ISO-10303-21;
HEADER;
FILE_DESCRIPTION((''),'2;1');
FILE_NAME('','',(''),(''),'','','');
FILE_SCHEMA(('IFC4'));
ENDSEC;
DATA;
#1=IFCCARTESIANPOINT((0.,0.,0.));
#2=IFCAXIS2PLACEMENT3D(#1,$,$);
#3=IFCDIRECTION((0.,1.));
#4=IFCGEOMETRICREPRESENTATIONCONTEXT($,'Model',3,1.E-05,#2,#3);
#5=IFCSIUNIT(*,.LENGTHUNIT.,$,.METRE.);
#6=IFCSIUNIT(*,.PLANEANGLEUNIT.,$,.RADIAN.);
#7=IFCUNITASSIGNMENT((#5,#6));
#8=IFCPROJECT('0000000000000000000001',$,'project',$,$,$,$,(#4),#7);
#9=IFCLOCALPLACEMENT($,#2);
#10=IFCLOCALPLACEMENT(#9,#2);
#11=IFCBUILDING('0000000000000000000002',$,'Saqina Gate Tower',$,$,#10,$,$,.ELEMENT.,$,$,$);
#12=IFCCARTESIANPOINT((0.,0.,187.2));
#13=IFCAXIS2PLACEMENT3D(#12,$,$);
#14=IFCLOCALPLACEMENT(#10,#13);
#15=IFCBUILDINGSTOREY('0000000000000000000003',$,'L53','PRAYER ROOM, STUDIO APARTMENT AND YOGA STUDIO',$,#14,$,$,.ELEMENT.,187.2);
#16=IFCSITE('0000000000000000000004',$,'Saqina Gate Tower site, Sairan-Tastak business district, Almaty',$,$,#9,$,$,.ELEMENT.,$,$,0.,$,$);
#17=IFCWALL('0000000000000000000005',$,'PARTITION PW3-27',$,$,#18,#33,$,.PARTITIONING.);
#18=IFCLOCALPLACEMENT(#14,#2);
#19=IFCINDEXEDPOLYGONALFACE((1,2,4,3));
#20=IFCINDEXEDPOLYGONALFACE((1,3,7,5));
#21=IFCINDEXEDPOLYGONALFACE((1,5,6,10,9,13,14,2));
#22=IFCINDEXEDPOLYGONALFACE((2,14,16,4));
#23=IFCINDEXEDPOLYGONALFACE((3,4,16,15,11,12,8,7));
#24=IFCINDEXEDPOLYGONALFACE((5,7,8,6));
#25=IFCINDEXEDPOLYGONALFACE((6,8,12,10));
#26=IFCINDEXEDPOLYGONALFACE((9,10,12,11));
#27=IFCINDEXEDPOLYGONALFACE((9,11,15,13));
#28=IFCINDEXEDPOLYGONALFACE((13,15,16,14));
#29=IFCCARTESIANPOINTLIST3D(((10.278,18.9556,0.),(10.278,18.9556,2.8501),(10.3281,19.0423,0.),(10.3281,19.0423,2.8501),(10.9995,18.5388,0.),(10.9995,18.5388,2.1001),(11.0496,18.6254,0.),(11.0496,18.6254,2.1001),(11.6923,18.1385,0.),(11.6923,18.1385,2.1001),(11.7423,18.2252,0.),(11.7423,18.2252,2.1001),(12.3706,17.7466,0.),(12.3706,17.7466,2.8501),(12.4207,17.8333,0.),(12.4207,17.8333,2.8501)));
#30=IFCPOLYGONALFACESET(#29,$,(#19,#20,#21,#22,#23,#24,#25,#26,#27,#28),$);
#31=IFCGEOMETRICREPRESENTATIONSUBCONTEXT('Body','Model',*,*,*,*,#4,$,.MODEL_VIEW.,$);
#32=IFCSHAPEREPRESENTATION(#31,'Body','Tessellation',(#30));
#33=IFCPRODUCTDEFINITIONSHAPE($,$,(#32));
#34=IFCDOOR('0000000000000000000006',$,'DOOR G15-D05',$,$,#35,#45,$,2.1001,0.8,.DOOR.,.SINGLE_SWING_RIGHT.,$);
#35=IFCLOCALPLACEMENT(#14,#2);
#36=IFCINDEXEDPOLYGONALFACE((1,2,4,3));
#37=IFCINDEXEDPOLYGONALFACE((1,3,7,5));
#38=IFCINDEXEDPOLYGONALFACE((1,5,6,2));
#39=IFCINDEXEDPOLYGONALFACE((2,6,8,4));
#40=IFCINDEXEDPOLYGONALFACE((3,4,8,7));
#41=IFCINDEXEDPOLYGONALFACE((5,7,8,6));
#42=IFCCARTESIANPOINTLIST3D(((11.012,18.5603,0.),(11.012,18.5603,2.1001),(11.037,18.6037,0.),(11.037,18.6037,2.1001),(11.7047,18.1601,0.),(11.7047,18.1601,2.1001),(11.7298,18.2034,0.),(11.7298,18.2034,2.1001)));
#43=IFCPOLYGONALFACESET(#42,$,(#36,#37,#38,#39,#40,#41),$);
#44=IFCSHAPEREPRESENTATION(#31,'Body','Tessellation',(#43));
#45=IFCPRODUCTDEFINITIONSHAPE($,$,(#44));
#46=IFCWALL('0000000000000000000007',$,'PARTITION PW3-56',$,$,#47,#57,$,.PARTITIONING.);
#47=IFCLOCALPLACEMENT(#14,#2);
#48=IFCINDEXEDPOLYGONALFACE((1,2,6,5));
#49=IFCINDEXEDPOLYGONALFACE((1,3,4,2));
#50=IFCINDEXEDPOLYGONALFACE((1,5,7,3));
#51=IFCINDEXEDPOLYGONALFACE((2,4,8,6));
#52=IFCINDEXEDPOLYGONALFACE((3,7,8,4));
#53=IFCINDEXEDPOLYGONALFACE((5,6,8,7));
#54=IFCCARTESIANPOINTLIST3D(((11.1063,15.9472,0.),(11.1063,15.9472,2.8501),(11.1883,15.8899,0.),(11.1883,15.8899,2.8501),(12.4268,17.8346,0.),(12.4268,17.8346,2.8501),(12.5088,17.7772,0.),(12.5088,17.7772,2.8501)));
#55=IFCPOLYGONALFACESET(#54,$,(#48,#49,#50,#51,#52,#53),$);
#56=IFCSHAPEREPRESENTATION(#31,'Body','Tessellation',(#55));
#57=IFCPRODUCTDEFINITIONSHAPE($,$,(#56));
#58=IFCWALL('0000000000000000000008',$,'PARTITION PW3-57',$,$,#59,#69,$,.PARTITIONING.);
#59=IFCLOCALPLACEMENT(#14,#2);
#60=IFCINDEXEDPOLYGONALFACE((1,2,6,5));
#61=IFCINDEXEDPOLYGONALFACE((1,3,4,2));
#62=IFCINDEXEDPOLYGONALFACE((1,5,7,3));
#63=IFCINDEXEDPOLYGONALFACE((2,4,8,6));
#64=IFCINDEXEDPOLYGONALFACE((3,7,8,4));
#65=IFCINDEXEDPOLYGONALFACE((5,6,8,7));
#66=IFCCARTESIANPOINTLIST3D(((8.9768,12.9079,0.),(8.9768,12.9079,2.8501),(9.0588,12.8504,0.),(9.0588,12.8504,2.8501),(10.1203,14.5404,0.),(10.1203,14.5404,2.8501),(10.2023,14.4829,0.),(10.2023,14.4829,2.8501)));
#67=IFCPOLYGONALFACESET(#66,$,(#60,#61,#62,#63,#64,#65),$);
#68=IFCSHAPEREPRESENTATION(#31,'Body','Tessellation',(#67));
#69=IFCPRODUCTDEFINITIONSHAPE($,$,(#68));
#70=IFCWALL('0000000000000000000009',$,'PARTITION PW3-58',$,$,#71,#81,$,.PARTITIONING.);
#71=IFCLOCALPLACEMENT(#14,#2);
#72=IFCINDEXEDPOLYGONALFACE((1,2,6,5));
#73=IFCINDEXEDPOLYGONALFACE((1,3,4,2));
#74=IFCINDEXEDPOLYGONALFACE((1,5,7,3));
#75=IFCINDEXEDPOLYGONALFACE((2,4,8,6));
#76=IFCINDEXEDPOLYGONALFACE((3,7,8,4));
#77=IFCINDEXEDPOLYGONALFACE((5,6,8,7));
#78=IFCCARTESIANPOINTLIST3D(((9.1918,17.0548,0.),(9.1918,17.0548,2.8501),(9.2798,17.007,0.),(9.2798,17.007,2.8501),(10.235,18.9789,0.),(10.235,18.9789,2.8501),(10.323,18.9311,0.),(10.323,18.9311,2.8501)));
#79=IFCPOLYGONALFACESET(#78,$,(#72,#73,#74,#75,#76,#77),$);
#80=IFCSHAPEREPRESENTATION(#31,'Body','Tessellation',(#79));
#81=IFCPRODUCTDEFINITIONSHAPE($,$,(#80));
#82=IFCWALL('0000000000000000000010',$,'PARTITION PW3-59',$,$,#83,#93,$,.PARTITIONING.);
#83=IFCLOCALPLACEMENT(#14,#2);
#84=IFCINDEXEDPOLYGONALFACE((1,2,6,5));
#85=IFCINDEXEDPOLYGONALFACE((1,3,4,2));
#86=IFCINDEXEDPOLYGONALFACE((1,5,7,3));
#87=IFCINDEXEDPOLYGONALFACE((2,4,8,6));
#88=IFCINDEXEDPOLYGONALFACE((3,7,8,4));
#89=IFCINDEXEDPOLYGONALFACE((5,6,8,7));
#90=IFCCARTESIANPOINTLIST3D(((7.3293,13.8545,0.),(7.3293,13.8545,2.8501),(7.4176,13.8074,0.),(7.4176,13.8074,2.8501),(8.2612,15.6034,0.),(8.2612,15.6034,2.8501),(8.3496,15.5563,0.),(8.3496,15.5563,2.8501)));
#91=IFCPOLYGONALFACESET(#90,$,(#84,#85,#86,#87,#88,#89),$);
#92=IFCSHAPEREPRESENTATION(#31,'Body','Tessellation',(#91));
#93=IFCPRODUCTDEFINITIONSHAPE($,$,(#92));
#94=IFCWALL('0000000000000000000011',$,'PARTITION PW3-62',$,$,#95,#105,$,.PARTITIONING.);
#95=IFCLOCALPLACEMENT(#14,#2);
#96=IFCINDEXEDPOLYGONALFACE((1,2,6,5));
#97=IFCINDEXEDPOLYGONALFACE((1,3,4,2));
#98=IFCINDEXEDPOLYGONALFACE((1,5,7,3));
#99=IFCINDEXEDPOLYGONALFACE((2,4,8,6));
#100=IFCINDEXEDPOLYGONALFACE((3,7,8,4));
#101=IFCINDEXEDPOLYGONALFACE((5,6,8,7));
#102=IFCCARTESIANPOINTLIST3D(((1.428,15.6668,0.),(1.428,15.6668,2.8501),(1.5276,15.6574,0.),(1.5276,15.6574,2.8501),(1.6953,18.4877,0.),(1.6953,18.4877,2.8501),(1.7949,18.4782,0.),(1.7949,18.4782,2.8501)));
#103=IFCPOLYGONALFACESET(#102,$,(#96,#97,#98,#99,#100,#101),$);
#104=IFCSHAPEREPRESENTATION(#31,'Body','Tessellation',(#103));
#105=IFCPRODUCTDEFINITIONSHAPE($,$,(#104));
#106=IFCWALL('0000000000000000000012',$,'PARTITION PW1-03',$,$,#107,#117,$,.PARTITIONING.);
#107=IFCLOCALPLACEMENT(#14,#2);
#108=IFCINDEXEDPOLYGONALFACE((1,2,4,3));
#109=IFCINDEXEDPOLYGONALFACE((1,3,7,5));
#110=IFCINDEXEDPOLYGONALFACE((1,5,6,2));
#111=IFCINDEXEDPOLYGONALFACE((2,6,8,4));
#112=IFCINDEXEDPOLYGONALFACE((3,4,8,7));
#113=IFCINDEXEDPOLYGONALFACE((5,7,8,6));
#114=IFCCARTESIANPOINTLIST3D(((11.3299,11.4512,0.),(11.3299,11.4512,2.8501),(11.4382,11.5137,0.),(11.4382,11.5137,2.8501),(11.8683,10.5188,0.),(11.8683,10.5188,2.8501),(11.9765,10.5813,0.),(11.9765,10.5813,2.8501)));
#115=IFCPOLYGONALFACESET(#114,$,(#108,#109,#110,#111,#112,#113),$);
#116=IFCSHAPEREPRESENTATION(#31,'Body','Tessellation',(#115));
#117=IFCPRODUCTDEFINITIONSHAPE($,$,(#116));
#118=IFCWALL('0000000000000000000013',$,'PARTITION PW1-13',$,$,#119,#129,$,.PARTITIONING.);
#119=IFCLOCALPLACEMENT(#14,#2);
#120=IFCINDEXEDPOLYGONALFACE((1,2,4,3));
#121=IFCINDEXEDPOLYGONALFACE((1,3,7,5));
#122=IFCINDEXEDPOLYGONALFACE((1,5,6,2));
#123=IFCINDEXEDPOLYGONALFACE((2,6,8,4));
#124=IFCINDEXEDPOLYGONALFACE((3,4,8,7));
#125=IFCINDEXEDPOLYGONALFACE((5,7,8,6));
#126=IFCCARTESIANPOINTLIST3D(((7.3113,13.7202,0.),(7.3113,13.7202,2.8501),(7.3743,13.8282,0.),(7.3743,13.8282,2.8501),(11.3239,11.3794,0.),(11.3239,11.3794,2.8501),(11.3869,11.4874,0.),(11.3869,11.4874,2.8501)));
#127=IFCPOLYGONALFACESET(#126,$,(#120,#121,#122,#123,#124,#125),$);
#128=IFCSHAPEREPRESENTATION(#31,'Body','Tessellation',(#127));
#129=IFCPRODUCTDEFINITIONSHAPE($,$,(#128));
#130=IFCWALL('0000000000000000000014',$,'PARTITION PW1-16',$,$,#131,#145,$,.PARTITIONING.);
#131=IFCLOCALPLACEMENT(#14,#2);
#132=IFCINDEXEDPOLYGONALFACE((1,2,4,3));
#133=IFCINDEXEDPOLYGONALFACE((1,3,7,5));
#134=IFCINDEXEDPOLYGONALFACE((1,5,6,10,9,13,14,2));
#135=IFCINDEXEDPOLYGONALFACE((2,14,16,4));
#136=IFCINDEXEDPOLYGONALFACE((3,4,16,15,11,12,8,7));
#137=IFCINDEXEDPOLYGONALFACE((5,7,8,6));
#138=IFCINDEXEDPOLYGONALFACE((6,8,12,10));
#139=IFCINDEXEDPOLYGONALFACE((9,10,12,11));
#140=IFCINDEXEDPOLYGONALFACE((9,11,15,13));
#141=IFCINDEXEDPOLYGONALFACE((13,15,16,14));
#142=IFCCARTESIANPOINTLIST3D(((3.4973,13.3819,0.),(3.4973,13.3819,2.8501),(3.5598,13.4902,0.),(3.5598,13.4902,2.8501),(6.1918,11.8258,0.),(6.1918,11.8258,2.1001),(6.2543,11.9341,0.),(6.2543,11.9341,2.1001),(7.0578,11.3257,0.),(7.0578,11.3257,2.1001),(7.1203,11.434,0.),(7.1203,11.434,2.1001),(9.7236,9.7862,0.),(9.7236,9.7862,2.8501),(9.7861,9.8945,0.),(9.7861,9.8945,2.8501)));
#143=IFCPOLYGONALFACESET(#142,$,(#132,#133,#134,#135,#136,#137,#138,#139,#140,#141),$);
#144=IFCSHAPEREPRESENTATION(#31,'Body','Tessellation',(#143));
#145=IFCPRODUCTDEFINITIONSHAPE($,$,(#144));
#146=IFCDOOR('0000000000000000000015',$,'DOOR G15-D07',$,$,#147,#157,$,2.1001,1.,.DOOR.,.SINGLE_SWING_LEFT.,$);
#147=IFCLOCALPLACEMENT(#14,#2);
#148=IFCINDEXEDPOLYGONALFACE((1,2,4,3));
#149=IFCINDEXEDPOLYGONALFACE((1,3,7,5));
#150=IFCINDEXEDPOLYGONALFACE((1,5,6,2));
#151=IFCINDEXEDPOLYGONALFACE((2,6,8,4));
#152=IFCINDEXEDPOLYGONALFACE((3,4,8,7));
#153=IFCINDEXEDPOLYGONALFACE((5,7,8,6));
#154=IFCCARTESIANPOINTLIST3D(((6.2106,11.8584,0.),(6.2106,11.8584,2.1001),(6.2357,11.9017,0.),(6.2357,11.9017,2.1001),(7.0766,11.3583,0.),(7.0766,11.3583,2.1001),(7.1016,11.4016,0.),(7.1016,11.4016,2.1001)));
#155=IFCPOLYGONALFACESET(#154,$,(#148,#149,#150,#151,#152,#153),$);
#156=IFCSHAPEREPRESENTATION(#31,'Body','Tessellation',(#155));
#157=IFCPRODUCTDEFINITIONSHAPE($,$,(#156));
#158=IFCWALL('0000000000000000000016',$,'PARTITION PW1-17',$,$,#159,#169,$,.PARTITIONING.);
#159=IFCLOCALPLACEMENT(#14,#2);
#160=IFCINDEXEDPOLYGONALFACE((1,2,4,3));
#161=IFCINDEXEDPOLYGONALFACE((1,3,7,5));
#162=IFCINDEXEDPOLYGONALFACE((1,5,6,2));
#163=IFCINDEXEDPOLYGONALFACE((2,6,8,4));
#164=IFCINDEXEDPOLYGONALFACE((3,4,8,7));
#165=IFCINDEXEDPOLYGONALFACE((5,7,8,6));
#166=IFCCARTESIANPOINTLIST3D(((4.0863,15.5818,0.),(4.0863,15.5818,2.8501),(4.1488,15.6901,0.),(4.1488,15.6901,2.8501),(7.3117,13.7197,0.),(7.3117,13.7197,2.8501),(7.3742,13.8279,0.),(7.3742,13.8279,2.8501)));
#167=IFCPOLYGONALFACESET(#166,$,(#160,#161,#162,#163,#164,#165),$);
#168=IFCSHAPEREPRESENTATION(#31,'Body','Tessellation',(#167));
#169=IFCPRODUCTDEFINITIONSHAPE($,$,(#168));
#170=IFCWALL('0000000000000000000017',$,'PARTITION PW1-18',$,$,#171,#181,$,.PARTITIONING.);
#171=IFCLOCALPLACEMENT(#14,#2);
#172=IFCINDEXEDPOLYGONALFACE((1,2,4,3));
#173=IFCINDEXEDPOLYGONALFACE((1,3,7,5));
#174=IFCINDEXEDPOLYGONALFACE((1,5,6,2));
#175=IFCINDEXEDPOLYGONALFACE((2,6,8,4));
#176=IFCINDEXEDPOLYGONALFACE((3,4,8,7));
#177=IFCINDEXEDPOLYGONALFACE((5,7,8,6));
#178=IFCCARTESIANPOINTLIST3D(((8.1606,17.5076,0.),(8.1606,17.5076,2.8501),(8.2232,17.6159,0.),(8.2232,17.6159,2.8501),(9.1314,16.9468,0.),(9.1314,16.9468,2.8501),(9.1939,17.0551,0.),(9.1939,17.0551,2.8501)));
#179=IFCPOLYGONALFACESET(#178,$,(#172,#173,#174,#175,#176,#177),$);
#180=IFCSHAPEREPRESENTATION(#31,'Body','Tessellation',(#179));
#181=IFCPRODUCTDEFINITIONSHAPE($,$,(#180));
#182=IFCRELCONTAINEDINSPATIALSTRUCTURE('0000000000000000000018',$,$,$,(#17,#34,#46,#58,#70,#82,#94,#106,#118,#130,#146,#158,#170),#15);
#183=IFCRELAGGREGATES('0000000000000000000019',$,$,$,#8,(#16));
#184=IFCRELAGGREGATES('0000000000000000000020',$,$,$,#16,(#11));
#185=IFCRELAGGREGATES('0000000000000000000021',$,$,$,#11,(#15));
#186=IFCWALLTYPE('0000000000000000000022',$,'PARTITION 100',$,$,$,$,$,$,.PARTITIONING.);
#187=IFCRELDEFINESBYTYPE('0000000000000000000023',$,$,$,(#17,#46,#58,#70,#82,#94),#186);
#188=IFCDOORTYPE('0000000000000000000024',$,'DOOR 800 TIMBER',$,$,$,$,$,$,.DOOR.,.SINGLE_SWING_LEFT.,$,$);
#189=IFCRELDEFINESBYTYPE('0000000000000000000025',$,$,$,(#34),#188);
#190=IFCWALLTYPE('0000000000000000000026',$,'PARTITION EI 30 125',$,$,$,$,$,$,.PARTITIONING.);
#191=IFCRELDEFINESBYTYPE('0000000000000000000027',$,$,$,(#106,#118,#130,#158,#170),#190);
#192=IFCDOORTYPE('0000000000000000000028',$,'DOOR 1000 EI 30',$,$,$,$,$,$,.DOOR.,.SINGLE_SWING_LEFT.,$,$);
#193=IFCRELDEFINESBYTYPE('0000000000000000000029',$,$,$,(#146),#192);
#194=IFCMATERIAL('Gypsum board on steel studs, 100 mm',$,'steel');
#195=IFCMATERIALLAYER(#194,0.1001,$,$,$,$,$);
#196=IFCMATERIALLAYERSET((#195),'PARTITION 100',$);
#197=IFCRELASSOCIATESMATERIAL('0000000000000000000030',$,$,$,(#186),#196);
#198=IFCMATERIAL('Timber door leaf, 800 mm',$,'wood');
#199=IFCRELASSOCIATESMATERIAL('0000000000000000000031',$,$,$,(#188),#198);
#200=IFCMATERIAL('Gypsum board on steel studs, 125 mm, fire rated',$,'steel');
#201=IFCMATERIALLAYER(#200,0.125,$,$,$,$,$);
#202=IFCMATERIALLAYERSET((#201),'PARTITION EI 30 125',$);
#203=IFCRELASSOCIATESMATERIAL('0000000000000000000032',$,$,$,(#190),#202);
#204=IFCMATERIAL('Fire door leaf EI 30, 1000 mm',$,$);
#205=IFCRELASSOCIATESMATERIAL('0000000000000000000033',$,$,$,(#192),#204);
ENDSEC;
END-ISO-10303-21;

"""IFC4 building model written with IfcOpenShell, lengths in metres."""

from ifc_helpers import new_model, si_unit, direction, frame, frame_2d, origin, place, context, subcontext, project, spatial, rectangle, extrude, material, layer, layer_set, type_object, element, fill, save


model = new_model("IFC4")

# Units and contexts
model_context = context("Model", 3, precision=1e-05, world=origin(), true_north=direction((0.0, 1.0)))
body_context = subcontext(model_context, "Body", "Model", "MODEL_VIEW")
ifc_project = project(units=[si_unit("LENGTHUNIT", "METRE"), si_unit("PLANEANGLEUNIT", "RADIAN")], contexts=[model_context])

# Site, building, storey
site_placement = place(None, origin())
site = spatial("IfcSite", under=ifc_project, at=site_placement, Name="Saqina Gate Tower site, Sairan-Tastak business district, Almaty", CompositionType="ELEMENT", RefElevation=0.0)
building_placement = place(site_placement, origin())
building = spatial("IfcBuilding", under=site, at=building_placement, Name="Saqina Gate Tower", CompositionType="ELEMENT")
storey_placement = place(building_placement, frame((0.0, 0.0, 187.2)))
storey = spatial("IfcBuildingStorey", under=building, at=storey_placement, Name="L53", Description="PRAYER ROOM, STUDIO APARTMENT AND YOGA STUDIO", CompositionType="ELEMENT", Elevation=187.2)

# Shared definitions
ifc_material_1 = material(Name="Gypsum board on steel studs, 100 mm", Category="steel")
ifc_layer_1 = layer(ifc_material_1, 0.1001)
ifc_layer_set_1 = layer_set([ifc_layer_1], Name="PARTITION 100")
wall_type_1 = type_object("IfcWallType", Name="PARTITION 100", PredefinedType="PARTITIONING", material=ifc_layer_set_1)
ifc_material_2 = material(Name="Timber door leaf, 800 mm", Category="wood")
door_type_1 = type_object("IfcDoorType", Name="DOOR 800 TIMBER", OperationType="SINGLE_SWING_LEFT", PredefinedType="DOOR", material=ifc_material_2)

# Wall, opening, door
wall_1_placement = place(storey_placement, frame((10.303, 18.999, 0.0), z_axis=(0.0, 0.0, 1.0), x_axis=(0.865871, -0.500267, 0.0)))
wall_1 = element("IfcWall", 1, at=wall_1_placement, inside=storey, type_object=wall_type_1, Name="PARTITION PW3-27", PredefinedType="PARTITIONING", context=body_context, shape_type="SweptSolid", body=[
    extrude(rectangle(XDim=2.4167, YDim=0.1001, at=frame_2d((1.2085, 0.0))), origin(), (0.0, 0.0, 1.0), 2.8501),
])
opening_1_placement = place(wall_1_placement, frame((0.8335, 0.0, 0.0)))
opening_1 = element("IfcOpeningElement", 2, at=opening_1_placement, cuts=wall_1, PredefinedType="OPENING", context=body_context, shape_type="SweptSolid", body=[
    extrude(rectangle(XDim=0.8, YDim=2.1001, at=frame_2d((0.3999, 1.05))), frame((0.0, 0.062, 0.0), z_axis=(0.0, -1.0, 0.0), x_axis=(1.0, 0.0, 0.0)), (0.0, 0.0, 1.0), 0.124),
])
door_1_placement = place(opening_1_placement, origin())
door_1 = element("IfcDoor", 3, at=door_1_placement, inside=storey, type_object=door_type_1, Name="DOOR G15-D05", OperationType="SINGLE_SWING_RIGHT", OverallHeight=2.1001, OverallWidth=0.8, PredefinedType="DOOR", context=body_context, shape_type="SweptSolid", body=[
    extrude(rectangle(XDim=0.8, YDim=2.1001, at=frame_2d((0.3999, 1.05))), frame((0.0, 0.0249, 0.0), z_axis=(0.0, -1.0, 0.0), x_axis=(1.0, 0.0, 0.0)), (0.0, 0.0, 1.0), 0.05),
])
fill(opening_1, door_1)

# Walls
wall_2_placement = place(storey_placement, frame((11.1472, 15.9185, 0.0), z_axis=(0.0, 0.0, 1.0), x_axis=(0.57327, 0.819366, 0.0)))
element("IfcWall", 4, at=wall_2_placement, inside=storey, type_object=wall_type_1, Name="PARTITION PW3-56", PredefinedType="PARTITIONING", context=body_context, shape_type="SweptSolid", body=[
    extrude(rectangle(XDim=2.3035, YDim=0.1001, at=frame_2d((1.1519, 0.0))), origin(), (0.0, 0.0, 1.0), 2.8501),
])
wall_3_placement = place(storey_placement, frame((9.0178, 12.8792, 0.0), z_axis=(0.0, 0.0, 1.0), x_axis=(0.573717, 0.819053, 0.0)))
element("IfcWall", 5, at=wall_3_placement, inside=storey, type_object=wall_type_1, Name="PARTITION PW3-57", PredefinedType="PARTITIONING", context=body_context, shape_type="SweptSolid", body=[
    extrude(rectangle(XDim=1.9932, YDim=0.1001, at=frame_2d((0.9966, 0.0))), origin(), (0.0, 0.0, 1.0), 2.8501),
])
wall_4_placement = place(storey_placement, frame((9.2358, 17.031, 0.0), z_axis=(0.0, 0.0, 1.0), x_axis=(0.476639, 0.879099, 0.0)))
element("IfcWall", 6, at=wall_4_placement, inside=storey, type_object=wall_type_1, Name="PARTITION PW3-58", PredefinedType="PARTITIONING", context=body_context, shape_type="SweptSolid", body=[
    extrude(rectangle(XDim=2.1887, YDim=0.1001, at=frame_2d((1.0942, 0.0))), origin(), (0.0, 0.0, 1.0), 2.8501),
])
wall_5_placement = place(storey_placement, frame((7.3735, 13.8311, 0.0), z_axis=(0.0, 0.0, 1.0), x_axis=(0.470275, 0.88252, 0.0)))
element("IfcWall", 7, at=wall_5_placement, inside=storey, type_object=wall_type_1, Name="PARTITION PW3-59", PredefinedType="PARTITIONING", context=body_context, shape_type="SweptSolid", body=[
    extrude(rectangle(XDim=1.9817, YDim=0.1001, at=frame_2d((0.9907, 0.0))), origin(), (0.0, 0.0, 1.0), 2.8501),
])
wall_6_placement = place(storey_placement, frame((1.4778, 15.6621, 0.0), z_axis=(0.0, 0.0, 1.0), x_axis=(0.09435, 0.995539, 0.0)))
element("IfcWall", 8, at=wall_6_placement, inside=storey, type_object=wall_type_1, Name="PARTITION PW3-62", PredefinedType="PARTITIONING", context=body_context, shape_type="SweptSolid", body=[
    extrude(rectangle(XDim=2.8335, YDim=0.1001, at=frame_2d((1.4167, 0.0))), origin(), (0.0, 0.0, 1.0), 2.8501),
])
ifc_material_3 = material(Name="Gypsum board on steel studs, 125 mm, fire rated", Category="steel")
ifc_layer_2 = layer(ifc_material_3, 0.125)
ifc_layer_set_2 = layer_set([ifc_layer_2], Name="PARTITION EI 30 125")
wall_type_2 = type_object("IfcWallType", Name="PARTITION EI 30 125", PredefinedType="PARTITIONING", material=ifc_layer_set_2)
wall_7_placement = place(storey_placement, frame((11.384, 11.4824, 0.0), z_axis=(0.0, 0.0, 1.0), x_axis=(0.500017, -0.866016, 0.0)))
element("IfcWall", 9, at=wall_7_placement, inside=storey, type_object=wall_type_2, Name="PARTITION PW1-03", PredefinedType="PARTITIONING", context=body_context, shape_type="SweptSolid", body=[
    extrude(rectangle(XDim=1.0767, YDim=0.125, at=frame_2d((0.5383, 0.0))), origin(), (0.0, 0.0, 1.0), 2.8501),
])
wall_8_placement = place(storey_placement, frame((7.3428, 13.7742, 0.0), z_axis=(0.0, 0.0, 1.0), x_axis=(0.863771, -0.503884, 0.0)))
element("IfcWall", 10, at=wall_8_placement, inside=storey, type_object=wall_type_2, Name="PARTITION PW1-13", PredefinedType="PARTITIONING", context=body_context, shape_type="SweptSolid", body=[
    extrude(rectangle(XDim=4.6455, YDim=0.125, at=frame_2d((2.3228, 0.0))), origin(), (0.0, 0.0, 1.0), 2.8501),
])

# Wall, opening, door
wall_9_placement = place(storey_placement, frame((3.5286, 13.436, 0.0), z_axis=(0.0, 0.0, 1.0), x_axis=(0.865969, -0.500098, 0.0)))
wall_9 = element("IfcWall", 11, at=wall_9_placement, inside=storey, type_object=wall_type_2, Name="PARTITION PW1-16", PredefinedType="PARTITIONING", context=body_context, shape_type="SweptSolid", body=[
    extrude(rectangle(XDim=7.1899, YDim=0.125, at=frame_2d((3.595, 0.0))), origin(), (0.0, 0.0, 1.0), 2.8501),
])
opening_2_placement = place(wall_9_placement, frame((3.1116, 0.0, 0.0)))
opening_2 = element("IfcOpeningElement", 12, at=opening_2_placement, cuts=wall_9, PredefinedType="OPENING", context=body_context, shape_type="SweptSolid", body=[
    extrude(rectangle(XDim=1.0, YDim=2.1001, at=frame_2d((0.5, 1.05))), frame((0.0, 0.0745, 0.0), z_axis=(0.0, -1.0, 0.0), x_axis=(1.0, 0.0, 0.0)), (0.0, 0.0, 1.0), 0.1489),
])
ifc_material_4 = material(Name="Fire door leaf EI 30, 1000 mm")
door_type_2 = type_object("IfcDoorType", Name="DOOR 1000 EI 30", OperationType="SINGLE_SWING_LEFT", PredefinedType="DOOR", material=ifc_material_4)
door_2_placement = place(opening_2_placement, frame((1.0, 0.0, 0.0), z_axis=(0.0, 0.0, 1.0), x_axis=(-1.0, 0.0, 0.0)))
door_2 = element("IfcDoor", 13, at=door_2_placement, inside=storey, type_object=door_type_2, Name="DOOR G15-D07", OperationType="SINGLE_SWING_LEFT", OverallHeight=2.1001, OverallWidth=1.0, PredefinedType="DOOR", context=body_context, shape_type="SweptSolid", body=[
    extrude(rectangle(XDim=1.0, YDim=2.1001, at=frame_2d((0.5, 1.05))), frame((0.0, 0.0249, 0.0), z_axis=(0.0, -1.0, 0.0), x_axis=(1.0, 0.0, 0.0)), (0.0, 0.0, 1.0), 0.05),
])
fill(opening_2, door_2)

# Walls
wall_10_placement = place(storey_placement, frame((4.1174, 15.636, 0.0), z_axis=(0.0, 0.0, 1.0), x_axis=(0.866036, -0.499982, 0.0)))
element("IfcWall", 14, at=wall_10_placement, inside=storey, type_object=wall_type_2, Name="PARTITION PW1-17", PredefinedType="PARTITIONING", context=body_context, shape_type="SweptSolid", body=[
    extrude(rectangle(XDim=3.7244, YDim=0.125, at=frame_2d((1.8623, 0.0))), origin(), (0.0, 0.0, 1.0), 2.8501),
])
wall_11_placement = place(storey_placement, frame((8.1919, 17.5618, 0.0), z_axis=(0.0, 0.0, 1.0), x_axis=(0.865888, -0.500238, 0.0)))
element("IfcWall", 15, at=wall_11_placement, inside=storey, type_object=wall_type_2, Name="PARTITION PW1-18", PredefinedType="PARTITIONING", context=body_context, shape_type="SweptSolid", body=[
    extrude(rectangle(XDim=1.1211, YDim=0.125, at=frame_2d((0.5605, 0.0))), origin(), (0.0, 0.0, 1.0), 2.8501),
])

save(model, "model.ifc")
